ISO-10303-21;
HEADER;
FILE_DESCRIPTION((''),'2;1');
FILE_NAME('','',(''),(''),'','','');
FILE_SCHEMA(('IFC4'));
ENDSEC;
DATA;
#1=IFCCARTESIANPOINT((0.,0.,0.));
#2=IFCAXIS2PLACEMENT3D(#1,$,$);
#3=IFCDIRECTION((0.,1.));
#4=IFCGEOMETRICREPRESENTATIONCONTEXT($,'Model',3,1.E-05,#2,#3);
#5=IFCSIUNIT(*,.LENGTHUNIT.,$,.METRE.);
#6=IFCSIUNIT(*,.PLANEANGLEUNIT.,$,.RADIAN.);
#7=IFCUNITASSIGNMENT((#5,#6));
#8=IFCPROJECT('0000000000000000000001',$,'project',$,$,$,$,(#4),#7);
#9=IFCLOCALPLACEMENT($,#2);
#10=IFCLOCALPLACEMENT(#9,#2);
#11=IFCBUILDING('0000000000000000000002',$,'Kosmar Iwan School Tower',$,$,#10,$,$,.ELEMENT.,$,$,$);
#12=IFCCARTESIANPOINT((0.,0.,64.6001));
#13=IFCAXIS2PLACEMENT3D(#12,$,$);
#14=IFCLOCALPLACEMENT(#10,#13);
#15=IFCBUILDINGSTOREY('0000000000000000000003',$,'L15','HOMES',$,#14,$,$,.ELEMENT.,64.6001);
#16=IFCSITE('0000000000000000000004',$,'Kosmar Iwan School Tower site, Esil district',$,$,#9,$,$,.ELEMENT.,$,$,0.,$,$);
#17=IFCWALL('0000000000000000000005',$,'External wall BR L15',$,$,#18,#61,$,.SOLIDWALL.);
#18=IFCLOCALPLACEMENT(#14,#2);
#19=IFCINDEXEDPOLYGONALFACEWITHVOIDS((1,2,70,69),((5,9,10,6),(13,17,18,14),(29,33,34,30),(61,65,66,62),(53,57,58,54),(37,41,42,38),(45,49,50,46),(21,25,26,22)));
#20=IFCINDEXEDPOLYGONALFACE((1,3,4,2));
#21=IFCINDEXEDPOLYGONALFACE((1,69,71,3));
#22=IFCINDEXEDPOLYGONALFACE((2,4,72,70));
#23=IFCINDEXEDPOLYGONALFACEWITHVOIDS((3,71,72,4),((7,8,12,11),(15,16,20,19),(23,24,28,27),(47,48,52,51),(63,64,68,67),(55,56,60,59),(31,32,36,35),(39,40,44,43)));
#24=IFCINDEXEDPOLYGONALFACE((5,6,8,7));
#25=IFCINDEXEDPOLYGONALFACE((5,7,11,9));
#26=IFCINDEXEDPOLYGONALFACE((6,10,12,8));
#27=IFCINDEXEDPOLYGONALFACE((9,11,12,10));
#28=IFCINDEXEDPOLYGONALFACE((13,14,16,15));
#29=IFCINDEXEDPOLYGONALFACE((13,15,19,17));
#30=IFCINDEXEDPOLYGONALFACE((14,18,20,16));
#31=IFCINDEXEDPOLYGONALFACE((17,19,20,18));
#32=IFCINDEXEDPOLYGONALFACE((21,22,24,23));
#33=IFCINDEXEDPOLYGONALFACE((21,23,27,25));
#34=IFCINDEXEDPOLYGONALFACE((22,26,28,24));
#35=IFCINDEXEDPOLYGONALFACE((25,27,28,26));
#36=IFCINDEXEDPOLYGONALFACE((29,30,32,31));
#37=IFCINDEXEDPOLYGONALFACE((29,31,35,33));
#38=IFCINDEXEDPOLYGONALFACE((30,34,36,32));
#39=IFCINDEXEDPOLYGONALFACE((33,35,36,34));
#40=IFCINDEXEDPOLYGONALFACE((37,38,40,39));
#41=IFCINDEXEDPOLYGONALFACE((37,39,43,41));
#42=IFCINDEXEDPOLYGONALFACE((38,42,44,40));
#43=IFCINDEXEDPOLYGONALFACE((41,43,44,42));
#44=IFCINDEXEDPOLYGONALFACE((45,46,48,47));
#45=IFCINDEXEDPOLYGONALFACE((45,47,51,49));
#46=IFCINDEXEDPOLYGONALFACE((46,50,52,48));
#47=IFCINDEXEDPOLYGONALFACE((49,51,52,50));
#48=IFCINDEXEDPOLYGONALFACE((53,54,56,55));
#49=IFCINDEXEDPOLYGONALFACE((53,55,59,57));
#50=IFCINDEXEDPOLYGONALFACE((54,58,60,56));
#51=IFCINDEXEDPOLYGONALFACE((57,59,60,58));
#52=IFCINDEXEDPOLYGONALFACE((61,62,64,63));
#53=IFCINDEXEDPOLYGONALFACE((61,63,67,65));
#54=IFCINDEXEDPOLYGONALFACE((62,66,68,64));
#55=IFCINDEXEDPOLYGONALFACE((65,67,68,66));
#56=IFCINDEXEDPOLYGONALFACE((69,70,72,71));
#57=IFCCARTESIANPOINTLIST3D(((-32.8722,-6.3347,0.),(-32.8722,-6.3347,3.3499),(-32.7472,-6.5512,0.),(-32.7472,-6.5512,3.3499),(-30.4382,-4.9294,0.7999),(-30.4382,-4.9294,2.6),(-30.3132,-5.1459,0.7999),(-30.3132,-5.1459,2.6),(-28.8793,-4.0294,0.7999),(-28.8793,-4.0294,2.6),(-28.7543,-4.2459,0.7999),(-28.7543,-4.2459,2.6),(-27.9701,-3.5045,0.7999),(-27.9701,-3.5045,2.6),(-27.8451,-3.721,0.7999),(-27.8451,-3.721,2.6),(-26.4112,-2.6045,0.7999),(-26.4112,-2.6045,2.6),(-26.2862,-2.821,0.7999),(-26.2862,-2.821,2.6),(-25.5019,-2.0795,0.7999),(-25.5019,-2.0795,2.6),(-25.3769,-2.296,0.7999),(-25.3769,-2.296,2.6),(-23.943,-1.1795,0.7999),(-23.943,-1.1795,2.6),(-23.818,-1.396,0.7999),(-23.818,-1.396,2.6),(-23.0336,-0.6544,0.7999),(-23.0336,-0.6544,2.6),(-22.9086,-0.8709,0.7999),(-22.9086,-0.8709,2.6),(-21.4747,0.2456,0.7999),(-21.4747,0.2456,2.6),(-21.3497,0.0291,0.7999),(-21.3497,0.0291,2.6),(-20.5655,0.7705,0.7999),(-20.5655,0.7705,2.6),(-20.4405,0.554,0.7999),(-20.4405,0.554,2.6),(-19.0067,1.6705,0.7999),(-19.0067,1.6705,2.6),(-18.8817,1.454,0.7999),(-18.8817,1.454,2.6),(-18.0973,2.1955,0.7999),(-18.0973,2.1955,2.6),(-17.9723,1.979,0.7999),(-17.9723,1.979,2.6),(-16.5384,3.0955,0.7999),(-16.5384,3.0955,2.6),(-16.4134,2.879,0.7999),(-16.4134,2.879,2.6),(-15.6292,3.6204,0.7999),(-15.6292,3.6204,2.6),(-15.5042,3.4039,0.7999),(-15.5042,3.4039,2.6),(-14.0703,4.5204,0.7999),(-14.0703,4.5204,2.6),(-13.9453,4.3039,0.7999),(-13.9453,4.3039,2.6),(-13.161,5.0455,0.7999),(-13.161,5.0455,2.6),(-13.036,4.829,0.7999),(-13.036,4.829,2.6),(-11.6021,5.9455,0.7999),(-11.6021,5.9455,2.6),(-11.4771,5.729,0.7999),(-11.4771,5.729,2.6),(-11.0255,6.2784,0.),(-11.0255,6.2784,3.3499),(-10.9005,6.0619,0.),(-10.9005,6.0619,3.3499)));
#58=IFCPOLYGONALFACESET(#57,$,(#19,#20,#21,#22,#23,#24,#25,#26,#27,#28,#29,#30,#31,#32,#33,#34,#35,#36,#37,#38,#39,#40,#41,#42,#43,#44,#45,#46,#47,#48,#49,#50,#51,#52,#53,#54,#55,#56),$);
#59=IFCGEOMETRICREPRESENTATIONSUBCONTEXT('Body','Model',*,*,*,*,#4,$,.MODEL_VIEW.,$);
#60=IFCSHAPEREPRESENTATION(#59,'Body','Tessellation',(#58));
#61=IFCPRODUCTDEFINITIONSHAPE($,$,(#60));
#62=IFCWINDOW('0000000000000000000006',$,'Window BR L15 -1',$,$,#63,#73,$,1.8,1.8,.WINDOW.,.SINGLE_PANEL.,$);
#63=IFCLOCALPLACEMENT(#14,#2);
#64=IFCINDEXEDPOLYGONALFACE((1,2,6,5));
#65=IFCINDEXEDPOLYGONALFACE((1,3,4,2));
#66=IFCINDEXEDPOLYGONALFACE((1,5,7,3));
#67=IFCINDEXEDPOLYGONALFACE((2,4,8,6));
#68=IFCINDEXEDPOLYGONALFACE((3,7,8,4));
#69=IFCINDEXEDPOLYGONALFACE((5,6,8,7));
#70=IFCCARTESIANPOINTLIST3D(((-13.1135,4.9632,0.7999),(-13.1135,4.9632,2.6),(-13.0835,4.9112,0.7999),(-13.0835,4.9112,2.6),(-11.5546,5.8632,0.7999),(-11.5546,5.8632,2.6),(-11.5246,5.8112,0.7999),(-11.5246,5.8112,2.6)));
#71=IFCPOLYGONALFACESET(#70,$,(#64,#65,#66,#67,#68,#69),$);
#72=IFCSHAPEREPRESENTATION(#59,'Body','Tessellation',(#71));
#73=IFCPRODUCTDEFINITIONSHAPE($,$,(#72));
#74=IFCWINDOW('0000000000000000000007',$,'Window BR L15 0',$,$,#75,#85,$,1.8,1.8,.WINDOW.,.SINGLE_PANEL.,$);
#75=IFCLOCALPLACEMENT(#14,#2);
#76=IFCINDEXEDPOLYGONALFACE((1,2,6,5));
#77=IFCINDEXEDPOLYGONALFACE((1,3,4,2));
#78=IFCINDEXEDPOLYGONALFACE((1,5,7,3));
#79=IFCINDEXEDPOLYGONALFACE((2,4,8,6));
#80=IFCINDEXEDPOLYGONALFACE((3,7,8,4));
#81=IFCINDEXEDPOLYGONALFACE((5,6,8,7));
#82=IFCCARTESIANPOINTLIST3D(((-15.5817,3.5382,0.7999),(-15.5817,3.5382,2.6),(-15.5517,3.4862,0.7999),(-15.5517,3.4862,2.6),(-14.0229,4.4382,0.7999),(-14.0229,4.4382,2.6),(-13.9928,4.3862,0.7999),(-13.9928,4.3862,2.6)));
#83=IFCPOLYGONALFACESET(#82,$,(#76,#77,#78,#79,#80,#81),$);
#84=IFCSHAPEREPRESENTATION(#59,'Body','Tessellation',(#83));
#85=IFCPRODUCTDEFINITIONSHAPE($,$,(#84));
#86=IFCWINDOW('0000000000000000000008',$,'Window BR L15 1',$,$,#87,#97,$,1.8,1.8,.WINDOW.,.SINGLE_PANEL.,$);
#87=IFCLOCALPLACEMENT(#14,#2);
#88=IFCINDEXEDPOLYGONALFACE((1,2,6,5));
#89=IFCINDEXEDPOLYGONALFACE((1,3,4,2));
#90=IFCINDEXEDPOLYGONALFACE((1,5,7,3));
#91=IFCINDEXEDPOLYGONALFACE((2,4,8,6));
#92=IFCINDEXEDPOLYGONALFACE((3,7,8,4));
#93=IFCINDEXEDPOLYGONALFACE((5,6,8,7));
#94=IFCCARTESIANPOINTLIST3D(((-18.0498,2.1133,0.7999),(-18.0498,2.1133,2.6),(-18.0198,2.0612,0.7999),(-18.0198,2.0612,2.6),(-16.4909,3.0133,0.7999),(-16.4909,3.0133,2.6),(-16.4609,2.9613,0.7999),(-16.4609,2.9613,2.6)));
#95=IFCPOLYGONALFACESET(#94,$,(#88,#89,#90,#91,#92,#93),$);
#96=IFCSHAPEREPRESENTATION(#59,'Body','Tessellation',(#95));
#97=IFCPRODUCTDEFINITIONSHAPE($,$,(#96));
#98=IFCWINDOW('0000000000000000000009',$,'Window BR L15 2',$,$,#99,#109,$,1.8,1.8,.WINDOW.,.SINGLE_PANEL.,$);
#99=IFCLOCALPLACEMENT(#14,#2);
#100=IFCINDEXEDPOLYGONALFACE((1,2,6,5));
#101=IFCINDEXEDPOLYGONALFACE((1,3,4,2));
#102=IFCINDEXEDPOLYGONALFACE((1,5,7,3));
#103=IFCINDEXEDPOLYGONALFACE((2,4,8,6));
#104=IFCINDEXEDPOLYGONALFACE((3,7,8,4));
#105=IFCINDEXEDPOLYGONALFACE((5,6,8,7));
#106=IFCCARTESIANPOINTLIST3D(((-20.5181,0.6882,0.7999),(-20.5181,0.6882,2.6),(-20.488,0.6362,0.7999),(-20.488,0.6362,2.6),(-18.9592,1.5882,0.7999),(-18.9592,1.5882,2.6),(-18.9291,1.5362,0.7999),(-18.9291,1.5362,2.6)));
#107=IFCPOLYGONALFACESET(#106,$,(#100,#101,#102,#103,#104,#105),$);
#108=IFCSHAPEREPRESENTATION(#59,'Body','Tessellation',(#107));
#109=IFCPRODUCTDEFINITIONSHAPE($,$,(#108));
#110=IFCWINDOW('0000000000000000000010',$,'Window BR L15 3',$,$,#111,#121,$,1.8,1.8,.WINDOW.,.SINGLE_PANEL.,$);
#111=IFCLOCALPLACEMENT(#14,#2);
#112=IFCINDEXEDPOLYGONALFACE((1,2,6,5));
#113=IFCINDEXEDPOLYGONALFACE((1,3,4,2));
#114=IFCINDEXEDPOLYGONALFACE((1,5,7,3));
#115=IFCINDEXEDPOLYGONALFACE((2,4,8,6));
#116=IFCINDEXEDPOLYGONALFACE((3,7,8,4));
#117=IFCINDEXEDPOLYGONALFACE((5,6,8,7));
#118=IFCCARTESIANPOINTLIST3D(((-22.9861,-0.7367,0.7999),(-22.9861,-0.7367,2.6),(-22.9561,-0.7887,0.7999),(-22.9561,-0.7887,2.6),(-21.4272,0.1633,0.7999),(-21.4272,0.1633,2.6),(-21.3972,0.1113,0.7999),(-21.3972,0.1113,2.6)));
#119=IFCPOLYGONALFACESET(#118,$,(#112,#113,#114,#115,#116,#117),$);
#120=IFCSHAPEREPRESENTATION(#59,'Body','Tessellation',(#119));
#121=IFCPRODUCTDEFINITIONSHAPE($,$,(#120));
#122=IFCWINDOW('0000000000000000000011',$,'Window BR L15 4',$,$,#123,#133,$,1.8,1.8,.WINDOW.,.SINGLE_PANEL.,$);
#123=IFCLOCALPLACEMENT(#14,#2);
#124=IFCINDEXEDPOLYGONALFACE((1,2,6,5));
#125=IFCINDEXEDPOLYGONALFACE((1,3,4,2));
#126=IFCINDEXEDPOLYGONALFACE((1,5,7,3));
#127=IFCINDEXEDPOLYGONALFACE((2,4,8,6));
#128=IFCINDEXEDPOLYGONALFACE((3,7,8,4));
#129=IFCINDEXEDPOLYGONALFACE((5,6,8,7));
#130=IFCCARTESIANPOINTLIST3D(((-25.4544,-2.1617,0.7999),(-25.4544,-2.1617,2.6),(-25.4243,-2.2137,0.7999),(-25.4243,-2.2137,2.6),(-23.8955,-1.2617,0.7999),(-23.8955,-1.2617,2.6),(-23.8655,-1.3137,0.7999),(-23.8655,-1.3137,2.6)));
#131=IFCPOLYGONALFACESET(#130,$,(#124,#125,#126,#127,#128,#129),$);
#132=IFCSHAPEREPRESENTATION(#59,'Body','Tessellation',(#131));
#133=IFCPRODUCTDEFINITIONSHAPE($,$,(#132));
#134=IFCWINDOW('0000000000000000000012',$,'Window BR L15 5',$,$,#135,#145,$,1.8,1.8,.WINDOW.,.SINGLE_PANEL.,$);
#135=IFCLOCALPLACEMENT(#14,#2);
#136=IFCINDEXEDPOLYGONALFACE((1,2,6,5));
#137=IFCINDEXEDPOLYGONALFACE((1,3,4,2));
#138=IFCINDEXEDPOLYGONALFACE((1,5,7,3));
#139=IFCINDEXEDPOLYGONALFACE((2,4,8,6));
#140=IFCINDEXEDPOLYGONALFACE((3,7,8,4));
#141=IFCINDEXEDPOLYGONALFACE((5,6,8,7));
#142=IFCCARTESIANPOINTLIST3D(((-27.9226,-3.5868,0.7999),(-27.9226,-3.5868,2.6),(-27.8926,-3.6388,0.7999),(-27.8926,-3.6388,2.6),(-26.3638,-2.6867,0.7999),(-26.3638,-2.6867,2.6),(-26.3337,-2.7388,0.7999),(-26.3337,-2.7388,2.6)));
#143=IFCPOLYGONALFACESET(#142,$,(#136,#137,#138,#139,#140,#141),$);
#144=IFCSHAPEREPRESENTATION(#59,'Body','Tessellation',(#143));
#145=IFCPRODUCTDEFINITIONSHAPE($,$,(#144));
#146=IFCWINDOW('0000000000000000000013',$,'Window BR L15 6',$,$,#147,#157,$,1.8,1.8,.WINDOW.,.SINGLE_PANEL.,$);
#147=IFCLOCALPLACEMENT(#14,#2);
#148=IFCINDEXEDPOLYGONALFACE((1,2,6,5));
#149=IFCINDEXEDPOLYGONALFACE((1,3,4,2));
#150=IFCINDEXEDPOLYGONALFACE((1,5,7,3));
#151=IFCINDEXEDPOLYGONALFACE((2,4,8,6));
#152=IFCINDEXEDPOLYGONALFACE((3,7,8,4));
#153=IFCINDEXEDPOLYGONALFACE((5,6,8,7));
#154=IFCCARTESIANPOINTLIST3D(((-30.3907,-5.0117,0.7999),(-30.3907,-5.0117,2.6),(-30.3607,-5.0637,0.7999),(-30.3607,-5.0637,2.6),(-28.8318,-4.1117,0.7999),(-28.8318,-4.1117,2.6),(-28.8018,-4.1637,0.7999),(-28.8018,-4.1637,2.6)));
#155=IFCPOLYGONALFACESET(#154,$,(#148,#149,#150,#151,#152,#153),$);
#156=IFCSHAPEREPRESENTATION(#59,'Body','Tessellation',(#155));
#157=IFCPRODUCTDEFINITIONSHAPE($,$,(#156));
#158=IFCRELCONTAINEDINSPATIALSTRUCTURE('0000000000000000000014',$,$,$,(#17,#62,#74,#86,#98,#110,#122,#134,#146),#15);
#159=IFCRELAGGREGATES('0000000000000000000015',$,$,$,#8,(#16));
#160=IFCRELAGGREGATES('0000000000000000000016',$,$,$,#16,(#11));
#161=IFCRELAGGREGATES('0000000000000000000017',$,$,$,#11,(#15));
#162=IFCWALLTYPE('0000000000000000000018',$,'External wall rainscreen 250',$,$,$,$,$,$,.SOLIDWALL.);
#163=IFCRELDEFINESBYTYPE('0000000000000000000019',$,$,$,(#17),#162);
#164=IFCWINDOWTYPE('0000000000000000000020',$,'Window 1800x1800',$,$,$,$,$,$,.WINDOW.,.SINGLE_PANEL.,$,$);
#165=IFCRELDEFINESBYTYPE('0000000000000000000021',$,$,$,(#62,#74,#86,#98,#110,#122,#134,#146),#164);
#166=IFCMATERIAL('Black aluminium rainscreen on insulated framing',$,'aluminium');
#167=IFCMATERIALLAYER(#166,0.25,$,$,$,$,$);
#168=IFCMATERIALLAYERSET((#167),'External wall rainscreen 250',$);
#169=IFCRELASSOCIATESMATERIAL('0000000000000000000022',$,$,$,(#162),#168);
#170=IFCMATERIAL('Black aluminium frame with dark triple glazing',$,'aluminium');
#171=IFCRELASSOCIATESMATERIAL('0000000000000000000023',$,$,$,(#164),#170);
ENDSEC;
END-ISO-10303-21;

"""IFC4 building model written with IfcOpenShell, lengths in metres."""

from ifc_helpers import new_model, si_unit, direction, frame, frame_2d, origin, place, context, subcontext, project, spatial, rectangle, extrude, material, layer, layer_set, type_object, element, fill, save


model = new_model("IFC4")

# Units and contexts
model_context = context("Model", 3, precision=1e-05, world=origin(), true_north=direction((0.0, 1.0)))
body_context = subcontext(model_context, "Body", "Model", "MODEL_VIEW")
ifc_project = project(units=[si_unit("LENGTHUNIT", "METRE"), si_unit("PLANEANGLEUNIT", "RADIAN")], contexts=[model_context])

# Site, building, storey
site_placement = place(None, origin())
site = spatial("IfcSite", under=ifc_project, at=site_placement, Name="Kosmar Iwan School Tower site, Esil district", CompositionType="ELEMENT", RefElevation=0.0)
building_placement = place(site_placement, origin())
building = spatial("IfcBuilding", under=site, at=building_placement, Name="Kosmar Iwan School Tower", CompositionType="ELEMENT")
storey_placement = place(building_placement, frame((0.0, 0.0, 64.6001)))
storey = spatial("IfcBuildingStorey", under=building, at=storey_placement, Name="L15", Description="HOMES", CompositionType="ELEMENT", Elevation=64.6001)

# Wall, openings, windows
ifc_material_1 = material(Name="Black aluminium rainscreen on insulated framing", Category="aluminium")
ifc_layer = layer(ifc_material_1, 0.25)
ifc_layer_set = layer_set([ifc_layer], Name="External wall rainscreen 250")
wall_type = type_object("IfcWallType", Name="External wall rainscreen 250", PredefinedType="SOLIDWALL", material=ifc_layer_set)
ifc_material_2 = material(Name="Black aluminium frame with dark triple glazing", Category="aluminium")
window_type = type_object("IfcWindowType", Name="Window 1800x1800", PartitioningType="SINGLE_PANEL", PredefinedType="WINDOW", material=ifc_material_2)
wall_1_placement = place(storey_placement, frame((-10.9629, 6.1702, 0.0), z_axis=(0.0, 0.0, 1.0), x_axis=(-0.866028, -0.499996, 0.0)))
wall_1 = element("IfcWall", 1, at=wall_1_placement, inside=storey, type_object=wall_type, Name="External wall BR L15", PredefinedType="SOLIDWALL", context=body_context, shape_type="SweptSolid", body=[
    extrude(rectangle(XDim=25.2263, YDim=0.25, at=frame_2d((12.6133, 0.0))), origin(), (0.0, 0.0, 1.0), 3.3499),
])
opening_1_placement = place(wall_1_placement, frame((0.666, 0.0, 0.8)))
opening_1 = element("IfcOpeningElement", 2, at=opening_1_placement, cuts=wall_1, PredefinedType="OPENING", context=body_context, shape_type="SweptSolid", body=[
    extrude(rectangle(XDim=1.8, YDim=1.8, at=frame_2d((0.8999, 0.8999))), frame((0.0, 0.137, 0.0), z_axis=(0.0, -1.0, 0.0), x_axis=(1.0, 0.0, 0.0)), (0.0, 0.0, 1.0), 0.2739),
])
opening_2_placement = place(wall_1_placement, frame((3.5161, 0.0, 0.8)))
opening_2 = element("IfcOpeningElement", 3, at=opening_2_placement, cuts=wall_1, PredefinedType="OPENING", context=body_context, shape_type="SweptSolid", body=[
    extrude(rectangle(XDim=1.8, YDim=1.8, at=frame_2d((0.8999, 0.8999))), frame((0.0, 0.137, 0.0), z_axis=(0.0, -1.0, 0.0), x_axis=(1.0, 0.0, 0.0)), (0.0, 0.0, 1.0), 0.2739),
])
opening_3_placement = place(wall_1_placement, frame((6.366, 0.0, 0.8)))
opening_3 = element("IfcOpeningElement", 4, at=opening_3_placement, cuts=wall_1, PredefinedType="OPENING", context=body_context, shape_type="SweptSolid", body=[
    extrude(rectangle(XDim=1.8, YDim=1.8, at=frame_2d((0.8999, 0.8999))), frame((0.0, 0.137, 0.0), z_axis=(0.0, -1.0, 0.0), x_axis=(1.0, 0.0, 0.0)), (0.0, 0.0, 1.0), 0.2739),
])
opening_4_placement = place(wall_1_placement, frame((9.2161, 0.0, 0.8)))
opening_4 = element("IfcOpeningElement", 5, at=opening_4_placement, cuts=wall_1, PredefinedType="OPENING", context=body_context, shape_type="SweptSolid", body=[
    extrude(rectangle(XDim=1.8, YDim=1.8, at=frame_2d((0.8999, 0.8999))), frame((0.0, 0.137, 0.0), z_axis=(0.0, -1.0, 0.0), x_axis=(1.0, 0.0, 0.0)), (0.0, 0.0, 1.0), 0.2739),
])
opening_5_placement = place(wall_1_placement, frame((12.0659, 0.0, 0.8)))
opening_5 = element("IfcOpeningElement", 6, at=opening_5_placement, cuts=wall_1, PredefinedType="OPENING", context=body_context, shape_type="SweptSolid", body=[
    extrude(rectangle(XDim=1.8, YDim=1.8, at=frame_2d((0.8999, 0.8999))), frame((0.0, 0.137, 0.0), z_axis=(0.0, -1.0, 0.0), x_axis=(1.0, 0.0, 0.0)), (0.0, 0.0, 1.0), 0.2739),
])
opening_6_placement = place(wall_1_placement, frame((14.916, 0.0, 0.8)))
opening_6 = element("IfcOpeningElement", 7, at=opening_6_placement, cuts=wall_1, PredefinedType="OPENING", context=body_context, shape_type="SweptSolid", body=[
    extrude(rectangle(XDim=1.8, YDim=1.8, at=frame_2d((0.8999, 0.8999))), frame((0.0, 0.137, 0.0), z_axis=(0.0, -1.0, 0.0), x_axis=(1.0, 0.0, 0.0)), (0.0, 0.0, 1.0), 0.2739),
])
opening_7_placement = place(wall_1_placement, frame((17.7661, 0.0, 0.8)))
opening_7 = element("IfcOpeningElement", 8, at=opening_7_placement, cuts=wall_1, PredefinedType="OPENING", context=body_context, shape_type="SweptSolid", body=[
    extrude(rectangle(XDim=1.8, YDim=1.8, at=frame_2d((0.8999, 0.8999))), frame((0.0, 0.137, 0.0), z_axis=(0.0, -1.0, 0.0), x_axis=(1.0, 0.0, 0.0)), (0.0, 0.0, 1.0), 0.2739),
])
opening_8_placement = place(wall_1_placement, frame((20.616, 0.0, 0.8)))
opening_8 = element("IfcOpeningElement", 9, at=opening_8_placement, cuts=wall_1, PredefinedType="OPENING", context=body_context, shape_type="SweptSolid", body=[
    extrude(rectangle(XDim=1.8, YDim=1.8, at=frame_2d((0.8999, 0.8999))), frame((0.0, 0.137, 0.0), z_axis=(0.0, -1.0, 0.0), x_axis=(1.0, 0.0, 0.0)), (0.0, 0.0, 1.0), 0.2739),
])
window_1_placement = place(opening_1_placement, origin())
window_1 = element("IfcWindow", 10, at=window_1_placement, inside=storey, type_object=window_type, Name="Window BR L15 -1", OverallHeight=1.8, OverallWidth=1.8, PartitioningType="SINGLE_PANEL", PredefinedType="WINDOW", context=body_context, shape_type="SweptSolid", body=[
    extrude(rectangle(XDim=1.8, YDim=1.8, at=frame_2d((0.8999, 0.8999))), frame((0.0, 0.03, 0.0), z_axis=(0.0, -1.0, 0.0), x_axis=(1.0, 0.0, 0.0)), (0.0, 0.0, 1.0), 0.0601),
])
fill(opening_1, window_1)
window_2_placement = place(opening_2_placement, origin())
window_2 = element("IfcWindow", 11, at=window_2_placement, inside=storey, type_object=window_type, Name="Window BR L15 0", OverallHeight=1.8, OverallWidth=1.8, PartitioningType="SINGLE_PANEL", PredefinedType="WINDOW", context=body_context, shape_type="SweptSolid", body=[
    extrude(rectangle(XDim=1.8, YDim=1.8, at=frame_2d((0.8999, 0.8999))), frame((0.0, 0.03, 0.0), z_axis=(0.0, -1.0, 0.0), x_axis=(1.0, 0.0, 0.0)), (0.0, 0.0, 1.0), 0.0601),
])
fill(opening_2, window_2)
window_3_placement = place(opening_3_placement, origin())
window_3 = element("IfcWindow", 12, at=window_3_placement, inside=storey, type_object=window_type, Name="Window BR L15 1", OverallHeight=1.8, OverallWidth=1.8, PartitioningType="SINGLE_PANEL", PredefinedType="WINDOW", context=body_context, shape_type="SweptSolid", body=[
    extrude(rectangle(XDim=1.8, YDim=1.8, at=frame_2d((0.8999, 0.8999))), frame((0.0, 0.03, 0.0), z_axis=(0.0, -1.0, 0.0), x_axis=(1.0, 0.0, 0.0)), (0.0, 0.0, 1.0), 0.0601),
])
fill(opening_3, window_3)
window_4_placement = place(opening_4_placement, origin())
window_4 = element("IfcWindow", 13, at=window_4_placement, inside=storey, type_object=window_type, Name="Window BR L15 2", OverallHeight=1.8, OverallWidth=1.8, PartitioningType="SINGLE_PANEL", PredefinedType="WINDOW", context=body_context, shape_type="SweptSolid", body=[
    extrude(rectangle(XDim=1.8, YDim=1.8, at=frame_2d((0.8999, 0.8999))), frame((0.0, 0.03, 0.0), z_axis=(0.0, -1.0, 0.0), x_axis=(1.0, 0.0, 0.0)), (0.0, 0.0, 1.0), 0.0601),
])
fill(opening_4, window_4)
window_5_placement = place(opening_5_placement, origin())
window_5 = element("IfcWindow", 14, at=window_5_placement, inside=storey, type_object=window_type, Name="Window BR L15 3", OverallHeight=1.8, OverallWidth=1.8, PartitioningType="SINGLE_PANEL", PredefinedType="WINDOW", context=body_context, shape_type="SweptSolid", body=[
    extrude(rectangle(XDim=1.8, YDim=1.8, at=frame_2d((0.8999, 0.8999))), frame((0.0, 0.03, 0.0), z_axis=(0.0, -1.0, 0.0), x_axis=(1.0, 0.0, 0.0)), (0.0, 0.0, 1.0), 0.0601),
])
fill(opening_5, window_5)
window_6_placement = place(opening_6_placement, origin())
window_6 = element("IfcWindow", 15, at=window_6_placement, inside=storey, type_object=window_type, Name="Window BR L15 4", OverallHeight=1.8, OverallWidth=1.8, PartitioningType="SINGLE_PANEL", PredefinedType="WINDOW", context=body_context, shape_type="SweptSolid", body=[
    extrude(rectangle(XDim=1.8, YDim=1.8, at=frame_2d((0.8999, 0.8999))), frame((0.0, 0.03, 0.0), z_axis=(0.0, -1.0, 0.0), x_axis=(1.0, 0.0, 0.0)), (0.0, 0.0, 1.0), 0.0601),
])
fill(opening_6, window_6)
window_7_placement = place(opening_7_placement, origin())
window_7 = element("IfcWindow", 16, at=window_7_placement, inside=storey, type_object=window_type, Name="Window BR L15 5", OverallHeight=1.8, OverallWidth=1.8, PartitioningType="SINGLE_PANEL", PredefinedType="WINDOW", context=body_context, shape_type="SweptSolid", body=[
    extrude(rectangle(XDim=1.8, YDim=1.8, at=frame_2d((0.8999, 0.8999))), frame((0.0, 0.03, 0.0), z_axis=(0.0, -1.0, 0.0), x_axis=(1.0, 0.0, 0.0)), (0.0, 0.0, 1.0), 0.0601),
])
fill(opening_7, window_7)
window_8_placement = place(opening_8_placement, origin())
window_8 = element("IfcWindow", 17, at=window_8_placement, inside=storey, type_object=window_type, Name="Window BR L15 6", OverallHeight=1.8, OverallWidth=1.8, PartitioningType="SINGLE_PANEL", PredefinedType="WINDOW", context=body_context, shape_type="SweptSolid", body=[
    extrude(rectangle(XDim=1.8, YDim=1.8, at=frame_2d((0.8999, 0.8999))), frame((0.0, 0.03, 0.0), z_axis=(0.0, -1.0, 0.0), x_axis=(1.0, 0.0, 0.0)), (0.0, 0.0, 1.0), 0.0601),
])
fill(opening_8, window_8)

save(model, "model.ifc")
